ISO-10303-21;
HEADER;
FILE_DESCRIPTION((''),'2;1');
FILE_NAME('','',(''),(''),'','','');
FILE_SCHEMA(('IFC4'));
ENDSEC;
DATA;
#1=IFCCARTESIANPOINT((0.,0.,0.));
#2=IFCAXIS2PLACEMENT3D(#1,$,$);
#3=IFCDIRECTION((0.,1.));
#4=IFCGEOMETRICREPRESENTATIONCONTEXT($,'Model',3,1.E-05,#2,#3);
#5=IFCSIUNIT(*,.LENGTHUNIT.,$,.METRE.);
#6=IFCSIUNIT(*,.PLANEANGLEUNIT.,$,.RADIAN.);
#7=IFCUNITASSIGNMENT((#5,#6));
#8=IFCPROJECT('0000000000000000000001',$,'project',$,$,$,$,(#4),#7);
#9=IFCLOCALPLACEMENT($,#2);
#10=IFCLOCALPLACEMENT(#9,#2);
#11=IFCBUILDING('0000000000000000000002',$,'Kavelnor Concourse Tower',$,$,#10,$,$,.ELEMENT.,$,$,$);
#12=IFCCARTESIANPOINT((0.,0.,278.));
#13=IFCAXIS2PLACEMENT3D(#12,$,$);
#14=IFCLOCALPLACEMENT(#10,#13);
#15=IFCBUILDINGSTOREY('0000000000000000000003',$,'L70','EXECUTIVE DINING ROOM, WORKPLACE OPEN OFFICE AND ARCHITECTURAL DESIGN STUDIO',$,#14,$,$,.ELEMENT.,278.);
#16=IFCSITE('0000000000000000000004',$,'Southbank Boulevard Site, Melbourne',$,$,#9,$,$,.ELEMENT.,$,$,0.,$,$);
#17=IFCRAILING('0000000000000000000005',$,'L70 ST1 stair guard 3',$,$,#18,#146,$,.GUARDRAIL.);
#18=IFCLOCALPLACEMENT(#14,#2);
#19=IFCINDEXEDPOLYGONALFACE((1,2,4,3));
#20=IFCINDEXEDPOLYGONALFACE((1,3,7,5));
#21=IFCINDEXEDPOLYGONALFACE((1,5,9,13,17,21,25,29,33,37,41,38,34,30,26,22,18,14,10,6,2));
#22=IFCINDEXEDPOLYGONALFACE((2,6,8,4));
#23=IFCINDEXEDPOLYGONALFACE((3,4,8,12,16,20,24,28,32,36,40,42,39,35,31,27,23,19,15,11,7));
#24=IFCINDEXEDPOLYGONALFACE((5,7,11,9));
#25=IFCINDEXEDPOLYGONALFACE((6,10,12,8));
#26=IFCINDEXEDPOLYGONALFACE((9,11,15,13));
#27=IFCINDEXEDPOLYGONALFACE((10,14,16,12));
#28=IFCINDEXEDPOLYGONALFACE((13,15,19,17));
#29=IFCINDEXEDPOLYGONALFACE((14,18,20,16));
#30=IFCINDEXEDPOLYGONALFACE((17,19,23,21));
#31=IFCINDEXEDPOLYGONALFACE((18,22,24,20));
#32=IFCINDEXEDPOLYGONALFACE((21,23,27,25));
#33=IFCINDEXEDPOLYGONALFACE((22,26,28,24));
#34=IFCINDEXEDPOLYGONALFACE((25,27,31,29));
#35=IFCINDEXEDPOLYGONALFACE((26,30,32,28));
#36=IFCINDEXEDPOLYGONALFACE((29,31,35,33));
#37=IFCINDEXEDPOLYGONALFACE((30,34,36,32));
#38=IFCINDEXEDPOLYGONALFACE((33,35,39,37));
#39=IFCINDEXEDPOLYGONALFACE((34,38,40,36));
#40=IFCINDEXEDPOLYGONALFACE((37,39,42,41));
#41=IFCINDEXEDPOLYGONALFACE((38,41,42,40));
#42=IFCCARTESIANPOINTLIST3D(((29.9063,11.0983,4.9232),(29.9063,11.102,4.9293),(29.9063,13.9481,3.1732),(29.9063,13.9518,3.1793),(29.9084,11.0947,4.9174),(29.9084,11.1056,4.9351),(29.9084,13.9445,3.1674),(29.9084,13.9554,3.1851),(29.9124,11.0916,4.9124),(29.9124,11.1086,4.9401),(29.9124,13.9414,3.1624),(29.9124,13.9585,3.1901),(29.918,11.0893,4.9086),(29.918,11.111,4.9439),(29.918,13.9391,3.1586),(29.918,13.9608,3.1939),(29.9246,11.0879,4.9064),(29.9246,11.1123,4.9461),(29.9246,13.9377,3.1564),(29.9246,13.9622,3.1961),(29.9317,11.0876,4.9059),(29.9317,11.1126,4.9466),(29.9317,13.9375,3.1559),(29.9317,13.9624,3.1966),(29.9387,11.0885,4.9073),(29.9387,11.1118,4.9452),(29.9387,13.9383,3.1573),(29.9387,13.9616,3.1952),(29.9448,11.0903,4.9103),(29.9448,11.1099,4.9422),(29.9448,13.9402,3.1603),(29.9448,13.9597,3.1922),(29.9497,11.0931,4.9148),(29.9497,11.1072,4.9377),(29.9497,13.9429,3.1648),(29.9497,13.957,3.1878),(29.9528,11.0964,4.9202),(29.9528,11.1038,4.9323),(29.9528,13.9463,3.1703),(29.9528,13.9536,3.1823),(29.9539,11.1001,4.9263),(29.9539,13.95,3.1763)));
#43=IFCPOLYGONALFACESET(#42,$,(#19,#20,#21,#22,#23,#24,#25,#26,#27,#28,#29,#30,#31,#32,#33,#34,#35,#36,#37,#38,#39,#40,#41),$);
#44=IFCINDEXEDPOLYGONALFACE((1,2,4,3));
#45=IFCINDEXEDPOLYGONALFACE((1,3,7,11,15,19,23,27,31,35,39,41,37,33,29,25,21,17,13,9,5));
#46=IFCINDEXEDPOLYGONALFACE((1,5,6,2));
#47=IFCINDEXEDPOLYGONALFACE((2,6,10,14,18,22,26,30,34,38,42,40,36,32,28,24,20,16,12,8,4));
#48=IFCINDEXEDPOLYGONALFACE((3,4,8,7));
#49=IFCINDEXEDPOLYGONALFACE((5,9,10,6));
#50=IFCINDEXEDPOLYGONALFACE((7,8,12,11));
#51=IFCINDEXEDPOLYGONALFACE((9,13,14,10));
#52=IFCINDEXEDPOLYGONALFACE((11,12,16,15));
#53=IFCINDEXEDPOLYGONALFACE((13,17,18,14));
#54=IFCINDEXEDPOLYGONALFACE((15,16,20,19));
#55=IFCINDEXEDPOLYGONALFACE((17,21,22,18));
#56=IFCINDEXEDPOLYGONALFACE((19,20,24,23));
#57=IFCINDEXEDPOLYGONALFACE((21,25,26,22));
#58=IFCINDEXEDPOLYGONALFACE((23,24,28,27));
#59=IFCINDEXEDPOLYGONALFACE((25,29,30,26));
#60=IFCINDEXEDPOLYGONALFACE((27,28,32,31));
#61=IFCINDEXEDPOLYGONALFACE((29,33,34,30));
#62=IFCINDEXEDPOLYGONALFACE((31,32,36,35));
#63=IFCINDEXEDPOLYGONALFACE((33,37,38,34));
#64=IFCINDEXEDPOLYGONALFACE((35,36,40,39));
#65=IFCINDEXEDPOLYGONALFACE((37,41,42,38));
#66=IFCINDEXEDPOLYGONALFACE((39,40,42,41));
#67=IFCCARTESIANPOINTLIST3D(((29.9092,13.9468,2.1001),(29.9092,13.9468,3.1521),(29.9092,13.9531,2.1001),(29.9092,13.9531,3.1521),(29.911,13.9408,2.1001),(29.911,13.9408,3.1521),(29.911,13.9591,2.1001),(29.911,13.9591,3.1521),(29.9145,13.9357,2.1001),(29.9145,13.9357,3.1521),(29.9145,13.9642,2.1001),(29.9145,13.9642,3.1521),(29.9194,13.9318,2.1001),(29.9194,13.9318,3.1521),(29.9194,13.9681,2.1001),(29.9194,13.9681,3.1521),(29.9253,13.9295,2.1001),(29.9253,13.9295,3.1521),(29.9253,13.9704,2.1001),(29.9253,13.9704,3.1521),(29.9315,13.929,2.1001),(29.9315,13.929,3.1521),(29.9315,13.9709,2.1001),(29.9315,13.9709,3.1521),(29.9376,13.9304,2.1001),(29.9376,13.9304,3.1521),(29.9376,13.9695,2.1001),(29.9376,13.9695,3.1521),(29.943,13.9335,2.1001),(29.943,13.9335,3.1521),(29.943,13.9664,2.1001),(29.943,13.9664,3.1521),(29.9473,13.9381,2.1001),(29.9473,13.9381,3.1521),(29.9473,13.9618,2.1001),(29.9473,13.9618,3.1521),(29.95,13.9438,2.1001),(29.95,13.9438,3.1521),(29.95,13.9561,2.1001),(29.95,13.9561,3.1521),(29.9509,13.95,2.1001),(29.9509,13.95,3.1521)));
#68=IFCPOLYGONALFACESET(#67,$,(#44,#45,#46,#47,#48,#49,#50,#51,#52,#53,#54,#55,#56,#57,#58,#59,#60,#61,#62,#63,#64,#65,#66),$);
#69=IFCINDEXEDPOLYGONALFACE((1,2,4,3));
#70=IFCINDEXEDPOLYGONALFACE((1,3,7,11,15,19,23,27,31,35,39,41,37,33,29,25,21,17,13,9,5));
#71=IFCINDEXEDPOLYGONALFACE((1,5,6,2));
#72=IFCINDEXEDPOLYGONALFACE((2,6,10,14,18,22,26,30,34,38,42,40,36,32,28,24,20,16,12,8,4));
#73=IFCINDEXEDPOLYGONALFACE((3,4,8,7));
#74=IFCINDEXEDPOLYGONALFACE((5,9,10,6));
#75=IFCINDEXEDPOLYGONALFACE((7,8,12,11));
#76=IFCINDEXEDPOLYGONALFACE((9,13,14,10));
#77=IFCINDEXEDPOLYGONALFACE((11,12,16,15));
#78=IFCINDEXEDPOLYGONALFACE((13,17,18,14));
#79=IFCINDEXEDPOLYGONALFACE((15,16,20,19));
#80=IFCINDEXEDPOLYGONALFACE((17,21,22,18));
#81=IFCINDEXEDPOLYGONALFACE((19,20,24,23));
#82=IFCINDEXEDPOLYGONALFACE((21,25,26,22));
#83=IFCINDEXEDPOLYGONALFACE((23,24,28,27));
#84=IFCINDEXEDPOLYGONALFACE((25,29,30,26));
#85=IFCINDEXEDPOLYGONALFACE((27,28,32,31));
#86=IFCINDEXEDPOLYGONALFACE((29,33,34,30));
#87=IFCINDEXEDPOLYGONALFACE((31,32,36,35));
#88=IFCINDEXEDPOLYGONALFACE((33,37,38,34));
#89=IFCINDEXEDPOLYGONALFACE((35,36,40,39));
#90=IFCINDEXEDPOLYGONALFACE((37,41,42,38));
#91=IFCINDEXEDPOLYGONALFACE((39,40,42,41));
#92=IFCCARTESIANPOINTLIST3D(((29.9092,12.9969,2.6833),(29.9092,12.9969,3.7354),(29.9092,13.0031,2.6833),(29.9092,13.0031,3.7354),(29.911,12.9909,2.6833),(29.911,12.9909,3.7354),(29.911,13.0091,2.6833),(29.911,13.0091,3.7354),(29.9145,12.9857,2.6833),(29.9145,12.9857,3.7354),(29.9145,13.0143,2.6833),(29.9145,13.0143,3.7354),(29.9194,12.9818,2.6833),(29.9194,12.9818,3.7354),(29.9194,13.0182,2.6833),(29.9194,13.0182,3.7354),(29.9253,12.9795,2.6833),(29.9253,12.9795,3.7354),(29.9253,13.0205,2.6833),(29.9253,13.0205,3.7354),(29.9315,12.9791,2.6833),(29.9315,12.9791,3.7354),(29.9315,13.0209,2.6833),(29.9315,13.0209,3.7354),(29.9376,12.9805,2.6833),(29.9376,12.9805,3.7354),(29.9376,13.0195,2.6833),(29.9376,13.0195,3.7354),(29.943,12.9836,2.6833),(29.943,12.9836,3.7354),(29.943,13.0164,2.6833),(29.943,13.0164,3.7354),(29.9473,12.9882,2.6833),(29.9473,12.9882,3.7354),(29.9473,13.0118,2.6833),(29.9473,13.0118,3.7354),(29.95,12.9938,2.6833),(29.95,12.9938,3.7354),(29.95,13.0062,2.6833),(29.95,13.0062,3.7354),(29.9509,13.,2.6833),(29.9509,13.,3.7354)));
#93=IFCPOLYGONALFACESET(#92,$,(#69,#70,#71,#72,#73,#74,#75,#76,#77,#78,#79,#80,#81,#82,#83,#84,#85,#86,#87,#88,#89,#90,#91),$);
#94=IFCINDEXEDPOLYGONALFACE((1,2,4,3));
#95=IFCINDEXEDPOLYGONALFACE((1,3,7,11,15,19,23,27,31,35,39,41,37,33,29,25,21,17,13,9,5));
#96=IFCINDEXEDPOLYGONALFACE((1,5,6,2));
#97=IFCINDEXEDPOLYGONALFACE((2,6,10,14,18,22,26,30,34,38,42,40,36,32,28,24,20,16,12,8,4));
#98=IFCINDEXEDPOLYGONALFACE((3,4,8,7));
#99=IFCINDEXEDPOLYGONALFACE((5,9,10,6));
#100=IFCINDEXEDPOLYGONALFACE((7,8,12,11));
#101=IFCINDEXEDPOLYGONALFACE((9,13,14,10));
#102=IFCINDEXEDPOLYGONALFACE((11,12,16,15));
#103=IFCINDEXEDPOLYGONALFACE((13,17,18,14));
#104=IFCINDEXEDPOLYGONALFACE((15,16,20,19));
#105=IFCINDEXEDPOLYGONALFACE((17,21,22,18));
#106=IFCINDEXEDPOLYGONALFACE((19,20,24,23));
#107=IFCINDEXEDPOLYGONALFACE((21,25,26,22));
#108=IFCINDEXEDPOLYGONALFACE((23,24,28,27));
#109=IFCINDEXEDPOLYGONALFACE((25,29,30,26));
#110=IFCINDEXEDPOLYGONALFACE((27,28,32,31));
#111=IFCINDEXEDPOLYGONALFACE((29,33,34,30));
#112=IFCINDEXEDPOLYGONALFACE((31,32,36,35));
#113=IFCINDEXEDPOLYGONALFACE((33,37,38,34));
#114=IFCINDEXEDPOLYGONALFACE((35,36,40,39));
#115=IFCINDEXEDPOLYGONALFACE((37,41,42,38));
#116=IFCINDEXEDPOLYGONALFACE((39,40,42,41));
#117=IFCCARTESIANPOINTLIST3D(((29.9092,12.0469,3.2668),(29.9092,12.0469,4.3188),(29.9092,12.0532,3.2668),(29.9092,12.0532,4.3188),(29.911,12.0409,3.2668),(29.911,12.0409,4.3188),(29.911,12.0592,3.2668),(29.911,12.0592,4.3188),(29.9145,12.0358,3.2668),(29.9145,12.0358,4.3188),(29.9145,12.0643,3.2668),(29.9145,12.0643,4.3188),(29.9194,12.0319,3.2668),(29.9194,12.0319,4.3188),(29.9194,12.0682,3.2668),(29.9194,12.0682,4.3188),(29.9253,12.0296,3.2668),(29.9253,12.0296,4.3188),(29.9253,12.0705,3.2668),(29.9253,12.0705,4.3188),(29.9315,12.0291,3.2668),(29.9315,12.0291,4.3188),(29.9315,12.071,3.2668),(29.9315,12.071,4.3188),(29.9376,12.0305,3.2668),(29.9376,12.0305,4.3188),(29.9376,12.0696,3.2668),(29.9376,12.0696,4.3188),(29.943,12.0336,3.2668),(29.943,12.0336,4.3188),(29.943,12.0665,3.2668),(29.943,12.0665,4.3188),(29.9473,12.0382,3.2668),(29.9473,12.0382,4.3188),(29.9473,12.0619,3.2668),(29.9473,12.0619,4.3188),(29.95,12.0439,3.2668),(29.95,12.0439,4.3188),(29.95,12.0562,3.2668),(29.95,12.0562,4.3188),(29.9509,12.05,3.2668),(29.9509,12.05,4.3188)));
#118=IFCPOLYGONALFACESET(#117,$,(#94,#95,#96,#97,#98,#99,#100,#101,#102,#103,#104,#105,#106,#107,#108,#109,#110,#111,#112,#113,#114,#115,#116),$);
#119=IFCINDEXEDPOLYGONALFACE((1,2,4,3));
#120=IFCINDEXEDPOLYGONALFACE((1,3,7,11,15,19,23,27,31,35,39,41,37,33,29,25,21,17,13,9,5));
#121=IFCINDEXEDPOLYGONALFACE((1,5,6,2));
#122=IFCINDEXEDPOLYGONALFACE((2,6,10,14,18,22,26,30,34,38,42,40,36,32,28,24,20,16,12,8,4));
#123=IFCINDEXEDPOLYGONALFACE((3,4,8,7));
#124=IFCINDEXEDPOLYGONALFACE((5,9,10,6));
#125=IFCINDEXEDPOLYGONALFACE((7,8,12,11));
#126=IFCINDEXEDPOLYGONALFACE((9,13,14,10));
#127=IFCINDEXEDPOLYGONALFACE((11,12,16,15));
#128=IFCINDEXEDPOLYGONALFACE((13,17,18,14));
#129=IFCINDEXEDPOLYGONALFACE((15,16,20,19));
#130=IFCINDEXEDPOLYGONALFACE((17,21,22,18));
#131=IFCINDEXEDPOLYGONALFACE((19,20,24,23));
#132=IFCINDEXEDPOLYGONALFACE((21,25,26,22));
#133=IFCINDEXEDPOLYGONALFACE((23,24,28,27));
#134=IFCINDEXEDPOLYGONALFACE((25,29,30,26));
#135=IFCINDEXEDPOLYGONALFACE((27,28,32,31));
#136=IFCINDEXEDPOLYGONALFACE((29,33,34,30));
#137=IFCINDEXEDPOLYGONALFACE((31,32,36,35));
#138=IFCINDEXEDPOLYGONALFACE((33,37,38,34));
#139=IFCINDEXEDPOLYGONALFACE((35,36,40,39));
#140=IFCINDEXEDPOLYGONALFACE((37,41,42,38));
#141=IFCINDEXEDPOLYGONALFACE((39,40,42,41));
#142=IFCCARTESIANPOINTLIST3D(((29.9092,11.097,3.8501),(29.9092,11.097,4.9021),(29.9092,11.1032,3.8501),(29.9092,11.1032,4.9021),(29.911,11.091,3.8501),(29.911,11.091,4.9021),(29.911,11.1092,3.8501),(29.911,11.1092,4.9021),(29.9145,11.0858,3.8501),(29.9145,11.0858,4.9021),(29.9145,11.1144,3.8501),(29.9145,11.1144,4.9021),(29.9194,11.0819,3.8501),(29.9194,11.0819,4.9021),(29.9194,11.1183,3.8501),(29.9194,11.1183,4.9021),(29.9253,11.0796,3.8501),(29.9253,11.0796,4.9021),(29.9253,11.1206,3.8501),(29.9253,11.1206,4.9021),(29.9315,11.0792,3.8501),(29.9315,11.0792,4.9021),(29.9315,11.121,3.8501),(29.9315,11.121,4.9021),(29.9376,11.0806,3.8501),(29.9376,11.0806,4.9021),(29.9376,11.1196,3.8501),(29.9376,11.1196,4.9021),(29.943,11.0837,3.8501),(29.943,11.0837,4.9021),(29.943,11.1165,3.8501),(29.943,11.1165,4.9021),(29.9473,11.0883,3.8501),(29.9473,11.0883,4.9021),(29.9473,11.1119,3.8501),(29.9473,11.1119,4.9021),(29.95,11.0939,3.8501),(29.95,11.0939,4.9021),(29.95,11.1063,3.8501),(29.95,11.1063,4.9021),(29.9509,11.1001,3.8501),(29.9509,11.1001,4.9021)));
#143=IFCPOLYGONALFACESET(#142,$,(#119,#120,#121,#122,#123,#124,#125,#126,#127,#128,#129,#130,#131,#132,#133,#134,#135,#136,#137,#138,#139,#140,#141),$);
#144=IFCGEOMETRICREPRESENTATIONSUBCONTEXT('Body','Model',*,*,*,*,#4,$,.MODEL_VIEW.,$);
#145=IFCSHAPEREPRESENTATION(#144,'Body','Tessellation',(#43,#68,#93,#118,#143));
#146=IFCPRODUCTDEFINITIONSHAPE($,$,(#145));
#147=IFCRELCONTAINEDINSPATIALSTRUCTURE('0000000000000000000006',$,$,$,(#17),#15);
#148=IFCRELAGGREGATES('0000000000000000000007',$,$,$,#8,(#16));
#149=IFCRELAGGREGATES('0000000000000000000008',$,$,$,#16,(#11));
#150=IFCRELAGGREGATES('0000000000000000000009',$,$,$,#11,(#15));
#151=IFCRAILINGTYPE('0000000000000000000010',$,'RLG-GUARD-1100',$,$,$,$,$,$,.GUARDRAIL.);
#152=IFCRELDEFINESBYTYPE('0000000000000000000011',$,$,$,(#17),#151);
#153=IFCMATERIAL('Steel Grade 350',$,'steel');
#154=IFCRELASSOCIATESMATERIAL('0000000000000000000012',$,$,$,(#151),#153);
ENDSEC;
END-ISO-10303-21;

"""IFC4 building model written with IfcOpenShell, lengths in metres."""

from ifc_helpers import new_model, si_unit, direction, frame, origin, origin_2d, place, context, subcontext, project, spatial, circle, extrude, material, type_object, element, save


model = new_model("IFC4")

# Units and contexts
model_context = context("Model", 3, precision=1e-05, world=origin(), true_north=direction((0.0, 1.0)))
body_context = subcontext(model_context, "Body", "Model", "MODEL_VIEW")
ifc_project = project(units=[si_unit("LENGTHUNIT", "METRE"), si_unit("PLANEANGLEUNIT", "RADIAN")], contexts=[model_context])

# Site, building, storey
site_placement = place(None, origin())
site = spatial("IfcSite", under=ifc_project, at=site_placement, Name="Southbank Boulevard Site, Melbourne", CompositionType="ELEMENT", RefElevation=0.0)
building_placement = place(site_placement, origin())
building = spatial("IfcBuilding", under=site, at=building_placement, Name="Kavelnor Concourse Tower", CompositionType="ELEMENT")
storey_placement = place(building_placement, frame((0.0, 0.0, 278.0)))
storey = spatial("IfcBuildingStorey", under=building, at=storey_placement, Name="L70", Description="EXECUTIVE DINING ROOM, WORKPLACE OPEN OFFICE AND ARCHITECTURAL DESIGN STUDIO", CompositionType="ELEMENT", Elevation=278.0)

# Shared definitions
ifc_material_1 = material(Name="Steel Grade 350", Category="steel")

# Railing
railing_type_1 = type_object("IfcRailingType", Name="RLG-GUARD-1100", PredefinedType="GUARDRAIL", material=ifc_material_1)
railing_1_placement = place(storey_placement, frame((29.9299, 13.95, 2.1001)))
element("IfcRailing", 1, at=railing_1_placement, inside=storey, type_object=railing_type_1, Name="L70 ST1 stair guard 3", PredefinedType="GUARDRAIL", context=body_context, shape_type="SweptSolid", body=[
    extrude(circle(Radius=0.0239, at=origin_2d()), frame((0.0, 0.0, 1.0762), z_axis=(0.0, -0.852159, 0.523283), x_axis=(1.0, 0.0, 0.0)), (0.0, 0.0, 1.0), 3.3442),
    extrude(circle(Radius=0.021, at=origin_2d()), origin(), (0.0, 0.0, 1.0), 1.052),
    extrude(circle(Radius=0.021, at=origin_2d()), frame((0.0, -0.95, 0.5833)), (0.0, 0.0, 1.0), 1.052),
    extrude(circle(Radius=0.021, at=origin_2d()), frame((0.0, -1.8999, 1.1667)), (0.0, 0.0, 1.0), 1.052),
    extrude(circle(Radius=0.021, at=origin_2d()), frame((0.0, -2.8499, 1.75)), (0.0, 0.0, 1.0), 1.052),
])

save(model, "model.ifc")
